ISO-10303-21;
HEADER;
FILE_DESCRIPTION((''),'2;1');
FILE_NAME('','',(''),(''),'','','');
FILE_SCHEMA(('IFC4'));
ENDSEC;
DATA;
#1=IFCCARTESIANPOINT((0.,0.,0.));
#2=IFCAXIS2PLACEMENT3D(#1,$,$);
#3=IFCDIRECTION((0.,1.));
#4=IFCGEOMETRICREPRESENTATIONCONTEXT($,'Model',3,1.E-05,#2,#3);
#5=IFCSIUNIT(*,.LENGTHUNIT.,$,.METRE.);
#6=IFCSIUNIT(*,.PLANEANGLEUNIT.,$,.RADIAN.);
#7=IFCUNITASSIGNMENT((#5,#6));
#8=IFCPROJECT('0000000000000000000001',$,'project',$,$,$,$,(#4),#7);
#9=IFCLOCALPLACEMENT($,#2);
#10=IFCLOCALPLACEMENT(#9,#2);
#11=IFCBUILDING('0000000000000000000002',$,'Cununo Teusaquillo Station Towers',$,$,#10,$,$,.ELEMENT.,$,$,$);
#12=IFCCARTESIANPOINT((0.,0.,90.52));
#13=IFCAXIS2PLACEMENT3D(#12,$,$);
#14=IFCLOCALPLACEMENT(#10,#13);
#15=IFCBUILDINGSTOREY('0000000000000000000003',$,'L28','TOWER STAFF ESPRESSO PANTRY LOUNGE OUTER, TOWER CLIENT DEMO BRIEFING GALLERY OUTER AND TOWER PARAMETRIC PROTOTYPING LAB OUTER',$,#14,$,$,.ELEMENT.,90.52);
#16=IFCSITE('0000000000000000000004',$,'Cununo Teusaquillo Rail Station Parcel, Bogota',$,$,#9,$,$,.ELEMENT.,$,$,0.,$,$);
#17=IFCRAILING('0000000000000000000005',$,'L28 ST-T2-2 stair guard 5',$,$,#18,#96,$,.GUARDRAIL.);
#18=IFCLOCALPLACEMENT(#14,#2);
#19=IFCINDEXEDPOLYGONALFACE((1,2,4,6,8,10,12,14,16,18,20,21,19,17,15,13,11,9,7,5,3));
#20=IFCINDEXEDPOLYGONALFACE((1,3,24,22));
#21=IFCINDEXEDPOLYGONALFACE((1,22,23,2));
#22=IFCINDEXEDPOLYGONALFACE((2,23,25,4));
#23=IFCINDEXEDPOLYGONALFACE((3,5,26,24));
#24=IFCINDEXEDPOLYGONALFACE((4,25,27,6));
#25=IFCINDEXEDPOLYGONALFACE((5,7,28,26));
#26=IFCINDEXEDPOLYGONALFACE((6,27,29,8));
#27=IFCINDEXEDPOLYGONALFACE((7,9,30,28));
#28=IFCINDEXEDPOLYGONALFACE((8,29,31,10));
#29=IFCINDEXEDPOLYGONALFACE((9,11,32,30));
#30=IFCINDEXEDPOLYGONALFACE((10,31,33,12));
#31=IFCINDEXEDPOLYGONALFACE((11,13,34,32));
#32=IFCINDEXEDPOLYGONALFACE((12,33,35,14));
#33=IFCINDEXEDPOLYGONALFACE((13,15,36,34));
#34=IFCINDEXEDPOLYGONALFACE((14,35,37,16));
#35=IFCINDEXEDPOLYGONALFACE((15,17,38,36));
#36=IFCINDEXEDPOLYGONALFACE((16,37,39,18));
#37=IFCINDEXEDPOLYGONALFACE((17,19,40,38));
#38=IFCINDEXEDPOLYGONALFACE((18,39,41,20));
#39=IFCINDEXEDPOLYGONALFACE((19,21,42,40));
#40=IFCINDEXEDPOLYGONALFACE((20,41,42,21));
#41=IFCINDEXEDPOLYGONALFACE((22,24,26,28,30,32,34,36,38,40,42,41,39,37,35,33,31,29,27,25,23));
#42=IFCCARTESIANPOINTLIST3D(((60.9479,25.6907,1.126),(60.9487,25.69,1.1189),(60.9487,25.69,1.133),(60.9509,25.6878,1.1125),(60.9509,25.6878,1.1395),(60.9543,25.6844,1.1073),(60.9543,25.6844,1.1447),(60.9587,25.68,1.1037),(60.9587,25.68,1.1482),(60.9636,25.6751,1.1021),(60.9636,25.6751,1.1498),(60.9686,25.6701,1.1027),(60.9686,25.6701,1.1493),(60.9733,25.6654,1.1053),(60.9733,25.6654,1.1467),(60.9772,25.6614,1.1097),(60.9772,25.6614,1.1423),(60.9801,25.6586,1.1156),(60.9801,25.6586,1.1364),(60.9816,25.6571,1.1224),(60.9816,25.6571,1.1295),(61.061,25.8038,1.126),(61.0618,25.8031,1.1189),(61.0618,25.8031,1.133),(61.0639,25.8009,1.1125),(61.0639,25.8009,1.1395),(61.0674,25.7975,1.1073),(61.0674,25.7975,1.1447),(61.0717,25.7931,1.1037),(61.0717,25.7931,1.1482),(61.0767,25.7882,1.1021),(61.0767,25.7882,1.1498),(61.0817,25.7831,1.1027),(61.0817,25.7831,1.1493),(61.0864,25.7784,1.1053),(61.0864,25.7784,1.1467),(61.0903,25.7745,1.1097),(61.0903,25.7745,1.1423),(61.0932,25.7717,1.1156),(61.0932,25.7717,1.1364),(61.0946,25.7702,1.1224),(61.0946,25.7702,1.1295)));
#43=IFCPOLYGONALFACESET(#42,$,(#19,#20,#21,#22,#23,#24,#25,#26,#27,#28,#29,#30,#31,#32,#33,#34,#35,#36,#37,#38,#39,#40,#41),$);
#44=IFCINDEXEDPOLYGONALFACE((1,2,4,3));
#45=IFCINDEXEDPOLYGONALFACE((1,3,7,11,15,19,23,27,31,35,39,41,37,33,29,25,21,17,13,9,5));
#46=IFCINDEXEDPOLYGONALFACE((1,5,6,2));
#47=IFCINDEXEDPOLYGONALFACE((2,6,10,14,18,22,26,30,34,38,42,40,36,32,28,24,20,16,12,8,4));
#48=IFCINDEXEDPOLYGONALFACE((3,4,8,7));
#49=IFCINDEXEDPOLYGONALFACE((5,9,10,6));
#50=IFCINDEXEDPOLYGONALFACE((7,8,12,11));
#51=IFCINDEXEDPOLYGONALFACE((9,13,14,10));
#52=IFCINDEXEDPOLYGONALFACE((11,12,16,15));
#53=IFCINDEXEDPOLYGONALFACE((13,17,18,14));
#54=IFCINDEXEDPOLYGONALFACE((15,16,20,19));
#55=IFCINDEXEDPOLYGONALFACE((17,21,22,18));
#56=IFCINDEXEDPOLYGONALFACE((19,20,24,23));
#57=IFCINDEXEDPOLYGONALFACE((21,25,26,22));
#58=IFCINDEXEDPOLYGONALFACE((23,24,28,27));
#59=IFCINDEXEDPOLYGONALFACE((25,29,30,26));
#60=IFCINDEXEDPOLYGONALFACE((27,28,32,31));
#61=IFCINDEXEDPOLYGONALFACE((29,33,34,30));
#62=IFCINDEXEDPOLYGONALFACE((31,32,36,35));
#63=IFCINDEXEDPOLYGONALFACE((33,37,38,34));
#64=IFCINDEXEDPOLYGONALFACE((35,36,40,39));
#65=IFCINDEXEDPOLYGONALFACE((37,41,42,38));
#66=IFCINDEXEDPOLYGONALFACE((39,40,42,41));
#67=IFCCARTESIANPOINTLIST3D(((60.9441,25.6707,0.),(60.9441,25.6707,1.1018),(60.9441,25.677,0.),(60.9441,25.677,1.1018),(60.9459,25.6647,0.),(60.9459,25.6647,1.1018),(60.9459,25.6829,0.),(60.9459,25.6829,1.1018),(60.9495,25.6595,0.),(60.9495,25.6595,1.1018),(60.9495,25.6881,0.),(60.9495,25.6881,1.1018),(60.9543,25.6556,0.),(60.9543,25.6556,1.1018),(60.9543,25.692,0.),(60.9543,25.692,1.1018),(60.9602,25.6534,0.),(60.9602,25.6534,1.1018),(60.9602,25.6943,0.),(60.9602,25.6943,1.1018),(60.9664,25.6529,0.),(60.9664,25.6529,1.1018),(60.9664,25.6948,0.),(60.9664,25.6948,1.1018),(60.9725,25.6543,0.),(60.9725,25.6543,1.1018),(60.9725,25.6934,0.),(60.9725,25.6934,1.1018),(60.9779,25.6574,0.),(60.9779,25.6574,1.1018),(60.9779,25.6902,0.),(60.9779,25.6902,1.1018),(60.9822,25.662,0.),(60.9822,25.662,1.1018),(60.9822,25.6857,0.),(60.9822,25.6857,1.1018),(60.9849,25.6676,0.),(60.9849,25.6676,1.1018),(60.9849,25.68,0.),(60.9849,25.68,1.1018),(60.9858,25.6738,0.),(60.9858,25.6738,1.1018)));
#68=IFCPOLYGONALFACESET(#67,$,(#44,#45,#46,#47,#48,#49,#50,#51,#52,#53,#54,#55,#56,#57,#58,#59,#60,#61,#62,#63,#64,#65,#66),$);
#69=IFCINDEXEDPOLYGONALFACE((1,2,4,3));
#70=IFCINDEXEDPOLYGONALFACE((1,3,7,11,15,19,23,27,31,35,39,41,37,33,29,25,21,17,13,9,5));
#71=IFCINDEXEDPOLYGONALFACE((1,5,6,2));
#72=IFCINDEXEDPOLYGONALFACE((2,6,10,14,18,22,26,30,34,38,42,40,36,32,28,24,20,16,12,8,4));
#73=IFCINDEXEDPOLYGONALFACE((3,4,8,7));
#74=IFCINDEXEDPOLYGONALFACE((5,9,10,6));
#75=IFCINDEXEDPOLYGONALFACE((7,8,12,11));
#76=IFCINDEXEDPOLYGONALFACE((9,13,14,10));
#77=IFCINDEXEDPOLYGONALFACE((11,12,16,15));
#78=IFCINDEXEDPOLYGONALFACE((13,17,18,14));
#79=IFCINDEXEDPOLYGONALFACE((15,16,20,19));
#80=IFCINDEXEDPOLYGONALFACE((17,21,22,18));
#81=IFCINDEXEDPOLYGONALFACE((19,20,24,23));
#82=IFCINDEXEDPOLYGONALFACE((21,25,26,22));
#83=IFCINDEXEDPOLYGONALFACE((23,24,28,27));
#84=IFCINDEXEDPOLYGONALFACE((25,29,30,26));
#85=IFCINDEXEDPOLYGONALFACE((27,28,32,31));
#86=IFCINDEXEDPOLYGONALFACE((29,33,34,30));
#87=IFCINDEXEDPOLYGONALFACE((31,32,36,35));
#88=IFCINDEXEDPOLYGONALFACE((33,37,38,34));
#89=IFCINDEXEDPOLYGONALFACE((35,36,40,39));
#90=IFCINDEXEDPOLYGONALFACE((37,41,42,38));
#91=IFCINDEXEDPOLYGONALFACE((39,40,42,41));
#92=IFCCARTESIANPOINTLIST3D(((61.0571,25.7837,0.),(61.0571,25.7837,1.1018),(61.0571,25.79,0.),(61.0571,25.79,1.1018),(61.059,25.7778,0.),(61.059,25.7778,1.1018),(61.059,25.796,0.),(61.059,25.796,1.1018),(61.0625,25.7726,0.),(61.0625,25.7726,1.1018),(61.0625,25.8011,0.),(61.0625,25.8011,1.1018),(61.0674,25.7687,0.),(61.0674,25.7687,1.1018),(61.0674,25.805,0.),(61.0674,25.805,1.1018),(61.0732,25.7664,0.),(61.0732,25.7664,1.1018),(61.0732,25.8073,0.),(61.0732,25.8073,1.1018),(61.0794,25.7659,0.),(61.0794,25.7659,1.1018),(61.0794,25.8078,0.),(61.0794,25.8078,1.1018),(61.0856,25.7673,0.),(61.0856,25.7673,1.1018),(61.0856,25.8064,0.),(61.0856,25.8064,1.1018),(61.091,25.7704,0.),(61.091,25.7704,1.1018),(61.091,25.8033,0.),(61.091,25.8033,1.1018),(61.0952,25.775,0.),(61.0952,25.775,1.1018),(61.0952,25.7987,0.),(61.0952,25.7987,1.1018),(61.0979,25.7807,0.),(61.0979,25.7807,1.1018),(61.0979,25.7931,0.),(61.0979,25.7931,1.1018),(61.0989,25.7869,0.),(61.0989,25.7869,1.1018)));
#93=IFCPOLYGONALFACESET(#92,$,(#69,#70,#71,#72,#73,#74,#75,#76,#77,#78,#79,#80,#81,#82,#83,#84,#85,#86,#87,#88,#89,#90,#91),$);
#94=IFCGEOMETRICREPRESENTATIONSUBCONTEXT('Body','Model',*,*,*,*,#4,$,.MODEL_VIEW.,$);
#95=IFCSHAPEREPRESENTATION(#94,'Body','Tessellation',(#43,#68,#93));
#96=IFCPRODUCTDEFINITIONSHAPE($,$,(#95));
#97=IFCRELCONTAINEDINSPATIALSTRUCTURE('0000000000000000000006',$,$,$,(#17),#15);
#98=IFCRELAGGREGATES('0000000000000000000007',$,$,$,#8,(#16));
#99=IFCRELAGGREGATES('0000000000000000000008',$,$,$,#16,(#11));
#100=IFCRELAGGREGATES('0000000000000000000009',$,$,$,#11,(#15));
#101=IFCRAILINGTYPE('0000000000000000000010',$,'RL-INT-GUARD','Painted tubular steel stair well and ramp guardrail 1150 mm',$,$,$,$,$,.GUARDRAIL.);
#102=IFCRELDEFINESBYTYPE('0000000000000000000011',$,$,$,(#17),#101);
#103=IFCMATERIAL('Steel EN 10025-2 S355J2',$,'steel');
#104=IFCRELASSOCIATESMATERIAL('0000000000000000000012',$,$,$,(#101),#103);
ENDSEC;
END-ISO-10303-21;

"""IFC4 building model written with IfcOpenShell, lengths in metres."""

from ifc_helpers import new_model, si_unit, direction, frame, origin, origin_2d, place, context, subcontext, project, spatial, circle, extrude, material, type_object, element, save


model = new_model("IFC4")

# Units and contexts
model_context = context("Model", 3, precision=1e-05, world=origin(), true_north=direction((0.0, 1.0)))
body_context = subcontext(model_context, "Body", "Model", "MODEL_VIEW")
ifc_project = project(units=[si_unit("LENGTHUNIT", "METRE"), si_unit("PLANEANGLEUNIT", "RADIAN")], contexts=[model_context])

# Site, building, storey
site_placement = place(None, origin())
site = spatial("IfcSite", under=ifc_project, at=site_placement, Name="Cununo Teusaquillo Rail Station Parcel, Bogota", CompositionType="ELEMENT", RefElevation=0.0)
building_placement = place(site_placement, origin())
building = spatial("IfcBuilding", under=site, at=building_placement, Name="Cununo Teusaquillo Station Towers", CompositionType="ELEMENT")
storey_placement = place(building_placement, frame((0.0, 0.0, 90.52)))
storey = spatial("IfcBuildingStorey", under=building, at=storey_placement, Name="L28", Description="TOWER STAFF ESPRESSO PANTRY LOUNGE OUTER, TOWER CLIENT DEMO BRIEFING GALLERY OUTER AND TOWER PARAMETRIC PROTOTYPING LAB OUTER", CompositionType="ELEMENT", Elevation=90.52)

# Railing
ifc_material_1 = material(Name="Steel EN 10025-2 S355J2", Category="steel")
railing_type_1 = type_object("IfcRailingType", Name="RL-INT-GUARD", Description="Painted tubular steel stair well and ramp guardrail 1150 mm", PredefinedType="GUARDRAIL", material=ifc_material_1)
railing_1_placement = place(storey_placement, frame((60.9648, 25.6738, 0.0)))
element("IfcRailing", 1, at=railing_1_placement, inside=storey, type_object=railing_type_1, Name="L28 ST-T2-2 stair guard 5", PredefinedType="GUARDRAIL", context=body_context, shape_type="SweptSolid", body=[
    extrude(circle(Radius=0.0239, at=origin_2d()), frame((0.0, 0.0, 1.126), z_axis=(0.707107, 0.707107, 0.0), x_axis=(-0.707107, 0.707107, 0.0)), (0.0, 0.0, 1.0), 0.1599),
    extrude(circle(Radius=0.021, at=origin_2d()), origin(), (0.0, 0.0, 1.0), 1.1018),
    extrude(circle(Radius=0.021, at=origin_2d()), frame((0.113, 0.113, 0.0)), (0.0, 0.0, 1.0), 1.1018),
])

save(model, "model.ifc")
